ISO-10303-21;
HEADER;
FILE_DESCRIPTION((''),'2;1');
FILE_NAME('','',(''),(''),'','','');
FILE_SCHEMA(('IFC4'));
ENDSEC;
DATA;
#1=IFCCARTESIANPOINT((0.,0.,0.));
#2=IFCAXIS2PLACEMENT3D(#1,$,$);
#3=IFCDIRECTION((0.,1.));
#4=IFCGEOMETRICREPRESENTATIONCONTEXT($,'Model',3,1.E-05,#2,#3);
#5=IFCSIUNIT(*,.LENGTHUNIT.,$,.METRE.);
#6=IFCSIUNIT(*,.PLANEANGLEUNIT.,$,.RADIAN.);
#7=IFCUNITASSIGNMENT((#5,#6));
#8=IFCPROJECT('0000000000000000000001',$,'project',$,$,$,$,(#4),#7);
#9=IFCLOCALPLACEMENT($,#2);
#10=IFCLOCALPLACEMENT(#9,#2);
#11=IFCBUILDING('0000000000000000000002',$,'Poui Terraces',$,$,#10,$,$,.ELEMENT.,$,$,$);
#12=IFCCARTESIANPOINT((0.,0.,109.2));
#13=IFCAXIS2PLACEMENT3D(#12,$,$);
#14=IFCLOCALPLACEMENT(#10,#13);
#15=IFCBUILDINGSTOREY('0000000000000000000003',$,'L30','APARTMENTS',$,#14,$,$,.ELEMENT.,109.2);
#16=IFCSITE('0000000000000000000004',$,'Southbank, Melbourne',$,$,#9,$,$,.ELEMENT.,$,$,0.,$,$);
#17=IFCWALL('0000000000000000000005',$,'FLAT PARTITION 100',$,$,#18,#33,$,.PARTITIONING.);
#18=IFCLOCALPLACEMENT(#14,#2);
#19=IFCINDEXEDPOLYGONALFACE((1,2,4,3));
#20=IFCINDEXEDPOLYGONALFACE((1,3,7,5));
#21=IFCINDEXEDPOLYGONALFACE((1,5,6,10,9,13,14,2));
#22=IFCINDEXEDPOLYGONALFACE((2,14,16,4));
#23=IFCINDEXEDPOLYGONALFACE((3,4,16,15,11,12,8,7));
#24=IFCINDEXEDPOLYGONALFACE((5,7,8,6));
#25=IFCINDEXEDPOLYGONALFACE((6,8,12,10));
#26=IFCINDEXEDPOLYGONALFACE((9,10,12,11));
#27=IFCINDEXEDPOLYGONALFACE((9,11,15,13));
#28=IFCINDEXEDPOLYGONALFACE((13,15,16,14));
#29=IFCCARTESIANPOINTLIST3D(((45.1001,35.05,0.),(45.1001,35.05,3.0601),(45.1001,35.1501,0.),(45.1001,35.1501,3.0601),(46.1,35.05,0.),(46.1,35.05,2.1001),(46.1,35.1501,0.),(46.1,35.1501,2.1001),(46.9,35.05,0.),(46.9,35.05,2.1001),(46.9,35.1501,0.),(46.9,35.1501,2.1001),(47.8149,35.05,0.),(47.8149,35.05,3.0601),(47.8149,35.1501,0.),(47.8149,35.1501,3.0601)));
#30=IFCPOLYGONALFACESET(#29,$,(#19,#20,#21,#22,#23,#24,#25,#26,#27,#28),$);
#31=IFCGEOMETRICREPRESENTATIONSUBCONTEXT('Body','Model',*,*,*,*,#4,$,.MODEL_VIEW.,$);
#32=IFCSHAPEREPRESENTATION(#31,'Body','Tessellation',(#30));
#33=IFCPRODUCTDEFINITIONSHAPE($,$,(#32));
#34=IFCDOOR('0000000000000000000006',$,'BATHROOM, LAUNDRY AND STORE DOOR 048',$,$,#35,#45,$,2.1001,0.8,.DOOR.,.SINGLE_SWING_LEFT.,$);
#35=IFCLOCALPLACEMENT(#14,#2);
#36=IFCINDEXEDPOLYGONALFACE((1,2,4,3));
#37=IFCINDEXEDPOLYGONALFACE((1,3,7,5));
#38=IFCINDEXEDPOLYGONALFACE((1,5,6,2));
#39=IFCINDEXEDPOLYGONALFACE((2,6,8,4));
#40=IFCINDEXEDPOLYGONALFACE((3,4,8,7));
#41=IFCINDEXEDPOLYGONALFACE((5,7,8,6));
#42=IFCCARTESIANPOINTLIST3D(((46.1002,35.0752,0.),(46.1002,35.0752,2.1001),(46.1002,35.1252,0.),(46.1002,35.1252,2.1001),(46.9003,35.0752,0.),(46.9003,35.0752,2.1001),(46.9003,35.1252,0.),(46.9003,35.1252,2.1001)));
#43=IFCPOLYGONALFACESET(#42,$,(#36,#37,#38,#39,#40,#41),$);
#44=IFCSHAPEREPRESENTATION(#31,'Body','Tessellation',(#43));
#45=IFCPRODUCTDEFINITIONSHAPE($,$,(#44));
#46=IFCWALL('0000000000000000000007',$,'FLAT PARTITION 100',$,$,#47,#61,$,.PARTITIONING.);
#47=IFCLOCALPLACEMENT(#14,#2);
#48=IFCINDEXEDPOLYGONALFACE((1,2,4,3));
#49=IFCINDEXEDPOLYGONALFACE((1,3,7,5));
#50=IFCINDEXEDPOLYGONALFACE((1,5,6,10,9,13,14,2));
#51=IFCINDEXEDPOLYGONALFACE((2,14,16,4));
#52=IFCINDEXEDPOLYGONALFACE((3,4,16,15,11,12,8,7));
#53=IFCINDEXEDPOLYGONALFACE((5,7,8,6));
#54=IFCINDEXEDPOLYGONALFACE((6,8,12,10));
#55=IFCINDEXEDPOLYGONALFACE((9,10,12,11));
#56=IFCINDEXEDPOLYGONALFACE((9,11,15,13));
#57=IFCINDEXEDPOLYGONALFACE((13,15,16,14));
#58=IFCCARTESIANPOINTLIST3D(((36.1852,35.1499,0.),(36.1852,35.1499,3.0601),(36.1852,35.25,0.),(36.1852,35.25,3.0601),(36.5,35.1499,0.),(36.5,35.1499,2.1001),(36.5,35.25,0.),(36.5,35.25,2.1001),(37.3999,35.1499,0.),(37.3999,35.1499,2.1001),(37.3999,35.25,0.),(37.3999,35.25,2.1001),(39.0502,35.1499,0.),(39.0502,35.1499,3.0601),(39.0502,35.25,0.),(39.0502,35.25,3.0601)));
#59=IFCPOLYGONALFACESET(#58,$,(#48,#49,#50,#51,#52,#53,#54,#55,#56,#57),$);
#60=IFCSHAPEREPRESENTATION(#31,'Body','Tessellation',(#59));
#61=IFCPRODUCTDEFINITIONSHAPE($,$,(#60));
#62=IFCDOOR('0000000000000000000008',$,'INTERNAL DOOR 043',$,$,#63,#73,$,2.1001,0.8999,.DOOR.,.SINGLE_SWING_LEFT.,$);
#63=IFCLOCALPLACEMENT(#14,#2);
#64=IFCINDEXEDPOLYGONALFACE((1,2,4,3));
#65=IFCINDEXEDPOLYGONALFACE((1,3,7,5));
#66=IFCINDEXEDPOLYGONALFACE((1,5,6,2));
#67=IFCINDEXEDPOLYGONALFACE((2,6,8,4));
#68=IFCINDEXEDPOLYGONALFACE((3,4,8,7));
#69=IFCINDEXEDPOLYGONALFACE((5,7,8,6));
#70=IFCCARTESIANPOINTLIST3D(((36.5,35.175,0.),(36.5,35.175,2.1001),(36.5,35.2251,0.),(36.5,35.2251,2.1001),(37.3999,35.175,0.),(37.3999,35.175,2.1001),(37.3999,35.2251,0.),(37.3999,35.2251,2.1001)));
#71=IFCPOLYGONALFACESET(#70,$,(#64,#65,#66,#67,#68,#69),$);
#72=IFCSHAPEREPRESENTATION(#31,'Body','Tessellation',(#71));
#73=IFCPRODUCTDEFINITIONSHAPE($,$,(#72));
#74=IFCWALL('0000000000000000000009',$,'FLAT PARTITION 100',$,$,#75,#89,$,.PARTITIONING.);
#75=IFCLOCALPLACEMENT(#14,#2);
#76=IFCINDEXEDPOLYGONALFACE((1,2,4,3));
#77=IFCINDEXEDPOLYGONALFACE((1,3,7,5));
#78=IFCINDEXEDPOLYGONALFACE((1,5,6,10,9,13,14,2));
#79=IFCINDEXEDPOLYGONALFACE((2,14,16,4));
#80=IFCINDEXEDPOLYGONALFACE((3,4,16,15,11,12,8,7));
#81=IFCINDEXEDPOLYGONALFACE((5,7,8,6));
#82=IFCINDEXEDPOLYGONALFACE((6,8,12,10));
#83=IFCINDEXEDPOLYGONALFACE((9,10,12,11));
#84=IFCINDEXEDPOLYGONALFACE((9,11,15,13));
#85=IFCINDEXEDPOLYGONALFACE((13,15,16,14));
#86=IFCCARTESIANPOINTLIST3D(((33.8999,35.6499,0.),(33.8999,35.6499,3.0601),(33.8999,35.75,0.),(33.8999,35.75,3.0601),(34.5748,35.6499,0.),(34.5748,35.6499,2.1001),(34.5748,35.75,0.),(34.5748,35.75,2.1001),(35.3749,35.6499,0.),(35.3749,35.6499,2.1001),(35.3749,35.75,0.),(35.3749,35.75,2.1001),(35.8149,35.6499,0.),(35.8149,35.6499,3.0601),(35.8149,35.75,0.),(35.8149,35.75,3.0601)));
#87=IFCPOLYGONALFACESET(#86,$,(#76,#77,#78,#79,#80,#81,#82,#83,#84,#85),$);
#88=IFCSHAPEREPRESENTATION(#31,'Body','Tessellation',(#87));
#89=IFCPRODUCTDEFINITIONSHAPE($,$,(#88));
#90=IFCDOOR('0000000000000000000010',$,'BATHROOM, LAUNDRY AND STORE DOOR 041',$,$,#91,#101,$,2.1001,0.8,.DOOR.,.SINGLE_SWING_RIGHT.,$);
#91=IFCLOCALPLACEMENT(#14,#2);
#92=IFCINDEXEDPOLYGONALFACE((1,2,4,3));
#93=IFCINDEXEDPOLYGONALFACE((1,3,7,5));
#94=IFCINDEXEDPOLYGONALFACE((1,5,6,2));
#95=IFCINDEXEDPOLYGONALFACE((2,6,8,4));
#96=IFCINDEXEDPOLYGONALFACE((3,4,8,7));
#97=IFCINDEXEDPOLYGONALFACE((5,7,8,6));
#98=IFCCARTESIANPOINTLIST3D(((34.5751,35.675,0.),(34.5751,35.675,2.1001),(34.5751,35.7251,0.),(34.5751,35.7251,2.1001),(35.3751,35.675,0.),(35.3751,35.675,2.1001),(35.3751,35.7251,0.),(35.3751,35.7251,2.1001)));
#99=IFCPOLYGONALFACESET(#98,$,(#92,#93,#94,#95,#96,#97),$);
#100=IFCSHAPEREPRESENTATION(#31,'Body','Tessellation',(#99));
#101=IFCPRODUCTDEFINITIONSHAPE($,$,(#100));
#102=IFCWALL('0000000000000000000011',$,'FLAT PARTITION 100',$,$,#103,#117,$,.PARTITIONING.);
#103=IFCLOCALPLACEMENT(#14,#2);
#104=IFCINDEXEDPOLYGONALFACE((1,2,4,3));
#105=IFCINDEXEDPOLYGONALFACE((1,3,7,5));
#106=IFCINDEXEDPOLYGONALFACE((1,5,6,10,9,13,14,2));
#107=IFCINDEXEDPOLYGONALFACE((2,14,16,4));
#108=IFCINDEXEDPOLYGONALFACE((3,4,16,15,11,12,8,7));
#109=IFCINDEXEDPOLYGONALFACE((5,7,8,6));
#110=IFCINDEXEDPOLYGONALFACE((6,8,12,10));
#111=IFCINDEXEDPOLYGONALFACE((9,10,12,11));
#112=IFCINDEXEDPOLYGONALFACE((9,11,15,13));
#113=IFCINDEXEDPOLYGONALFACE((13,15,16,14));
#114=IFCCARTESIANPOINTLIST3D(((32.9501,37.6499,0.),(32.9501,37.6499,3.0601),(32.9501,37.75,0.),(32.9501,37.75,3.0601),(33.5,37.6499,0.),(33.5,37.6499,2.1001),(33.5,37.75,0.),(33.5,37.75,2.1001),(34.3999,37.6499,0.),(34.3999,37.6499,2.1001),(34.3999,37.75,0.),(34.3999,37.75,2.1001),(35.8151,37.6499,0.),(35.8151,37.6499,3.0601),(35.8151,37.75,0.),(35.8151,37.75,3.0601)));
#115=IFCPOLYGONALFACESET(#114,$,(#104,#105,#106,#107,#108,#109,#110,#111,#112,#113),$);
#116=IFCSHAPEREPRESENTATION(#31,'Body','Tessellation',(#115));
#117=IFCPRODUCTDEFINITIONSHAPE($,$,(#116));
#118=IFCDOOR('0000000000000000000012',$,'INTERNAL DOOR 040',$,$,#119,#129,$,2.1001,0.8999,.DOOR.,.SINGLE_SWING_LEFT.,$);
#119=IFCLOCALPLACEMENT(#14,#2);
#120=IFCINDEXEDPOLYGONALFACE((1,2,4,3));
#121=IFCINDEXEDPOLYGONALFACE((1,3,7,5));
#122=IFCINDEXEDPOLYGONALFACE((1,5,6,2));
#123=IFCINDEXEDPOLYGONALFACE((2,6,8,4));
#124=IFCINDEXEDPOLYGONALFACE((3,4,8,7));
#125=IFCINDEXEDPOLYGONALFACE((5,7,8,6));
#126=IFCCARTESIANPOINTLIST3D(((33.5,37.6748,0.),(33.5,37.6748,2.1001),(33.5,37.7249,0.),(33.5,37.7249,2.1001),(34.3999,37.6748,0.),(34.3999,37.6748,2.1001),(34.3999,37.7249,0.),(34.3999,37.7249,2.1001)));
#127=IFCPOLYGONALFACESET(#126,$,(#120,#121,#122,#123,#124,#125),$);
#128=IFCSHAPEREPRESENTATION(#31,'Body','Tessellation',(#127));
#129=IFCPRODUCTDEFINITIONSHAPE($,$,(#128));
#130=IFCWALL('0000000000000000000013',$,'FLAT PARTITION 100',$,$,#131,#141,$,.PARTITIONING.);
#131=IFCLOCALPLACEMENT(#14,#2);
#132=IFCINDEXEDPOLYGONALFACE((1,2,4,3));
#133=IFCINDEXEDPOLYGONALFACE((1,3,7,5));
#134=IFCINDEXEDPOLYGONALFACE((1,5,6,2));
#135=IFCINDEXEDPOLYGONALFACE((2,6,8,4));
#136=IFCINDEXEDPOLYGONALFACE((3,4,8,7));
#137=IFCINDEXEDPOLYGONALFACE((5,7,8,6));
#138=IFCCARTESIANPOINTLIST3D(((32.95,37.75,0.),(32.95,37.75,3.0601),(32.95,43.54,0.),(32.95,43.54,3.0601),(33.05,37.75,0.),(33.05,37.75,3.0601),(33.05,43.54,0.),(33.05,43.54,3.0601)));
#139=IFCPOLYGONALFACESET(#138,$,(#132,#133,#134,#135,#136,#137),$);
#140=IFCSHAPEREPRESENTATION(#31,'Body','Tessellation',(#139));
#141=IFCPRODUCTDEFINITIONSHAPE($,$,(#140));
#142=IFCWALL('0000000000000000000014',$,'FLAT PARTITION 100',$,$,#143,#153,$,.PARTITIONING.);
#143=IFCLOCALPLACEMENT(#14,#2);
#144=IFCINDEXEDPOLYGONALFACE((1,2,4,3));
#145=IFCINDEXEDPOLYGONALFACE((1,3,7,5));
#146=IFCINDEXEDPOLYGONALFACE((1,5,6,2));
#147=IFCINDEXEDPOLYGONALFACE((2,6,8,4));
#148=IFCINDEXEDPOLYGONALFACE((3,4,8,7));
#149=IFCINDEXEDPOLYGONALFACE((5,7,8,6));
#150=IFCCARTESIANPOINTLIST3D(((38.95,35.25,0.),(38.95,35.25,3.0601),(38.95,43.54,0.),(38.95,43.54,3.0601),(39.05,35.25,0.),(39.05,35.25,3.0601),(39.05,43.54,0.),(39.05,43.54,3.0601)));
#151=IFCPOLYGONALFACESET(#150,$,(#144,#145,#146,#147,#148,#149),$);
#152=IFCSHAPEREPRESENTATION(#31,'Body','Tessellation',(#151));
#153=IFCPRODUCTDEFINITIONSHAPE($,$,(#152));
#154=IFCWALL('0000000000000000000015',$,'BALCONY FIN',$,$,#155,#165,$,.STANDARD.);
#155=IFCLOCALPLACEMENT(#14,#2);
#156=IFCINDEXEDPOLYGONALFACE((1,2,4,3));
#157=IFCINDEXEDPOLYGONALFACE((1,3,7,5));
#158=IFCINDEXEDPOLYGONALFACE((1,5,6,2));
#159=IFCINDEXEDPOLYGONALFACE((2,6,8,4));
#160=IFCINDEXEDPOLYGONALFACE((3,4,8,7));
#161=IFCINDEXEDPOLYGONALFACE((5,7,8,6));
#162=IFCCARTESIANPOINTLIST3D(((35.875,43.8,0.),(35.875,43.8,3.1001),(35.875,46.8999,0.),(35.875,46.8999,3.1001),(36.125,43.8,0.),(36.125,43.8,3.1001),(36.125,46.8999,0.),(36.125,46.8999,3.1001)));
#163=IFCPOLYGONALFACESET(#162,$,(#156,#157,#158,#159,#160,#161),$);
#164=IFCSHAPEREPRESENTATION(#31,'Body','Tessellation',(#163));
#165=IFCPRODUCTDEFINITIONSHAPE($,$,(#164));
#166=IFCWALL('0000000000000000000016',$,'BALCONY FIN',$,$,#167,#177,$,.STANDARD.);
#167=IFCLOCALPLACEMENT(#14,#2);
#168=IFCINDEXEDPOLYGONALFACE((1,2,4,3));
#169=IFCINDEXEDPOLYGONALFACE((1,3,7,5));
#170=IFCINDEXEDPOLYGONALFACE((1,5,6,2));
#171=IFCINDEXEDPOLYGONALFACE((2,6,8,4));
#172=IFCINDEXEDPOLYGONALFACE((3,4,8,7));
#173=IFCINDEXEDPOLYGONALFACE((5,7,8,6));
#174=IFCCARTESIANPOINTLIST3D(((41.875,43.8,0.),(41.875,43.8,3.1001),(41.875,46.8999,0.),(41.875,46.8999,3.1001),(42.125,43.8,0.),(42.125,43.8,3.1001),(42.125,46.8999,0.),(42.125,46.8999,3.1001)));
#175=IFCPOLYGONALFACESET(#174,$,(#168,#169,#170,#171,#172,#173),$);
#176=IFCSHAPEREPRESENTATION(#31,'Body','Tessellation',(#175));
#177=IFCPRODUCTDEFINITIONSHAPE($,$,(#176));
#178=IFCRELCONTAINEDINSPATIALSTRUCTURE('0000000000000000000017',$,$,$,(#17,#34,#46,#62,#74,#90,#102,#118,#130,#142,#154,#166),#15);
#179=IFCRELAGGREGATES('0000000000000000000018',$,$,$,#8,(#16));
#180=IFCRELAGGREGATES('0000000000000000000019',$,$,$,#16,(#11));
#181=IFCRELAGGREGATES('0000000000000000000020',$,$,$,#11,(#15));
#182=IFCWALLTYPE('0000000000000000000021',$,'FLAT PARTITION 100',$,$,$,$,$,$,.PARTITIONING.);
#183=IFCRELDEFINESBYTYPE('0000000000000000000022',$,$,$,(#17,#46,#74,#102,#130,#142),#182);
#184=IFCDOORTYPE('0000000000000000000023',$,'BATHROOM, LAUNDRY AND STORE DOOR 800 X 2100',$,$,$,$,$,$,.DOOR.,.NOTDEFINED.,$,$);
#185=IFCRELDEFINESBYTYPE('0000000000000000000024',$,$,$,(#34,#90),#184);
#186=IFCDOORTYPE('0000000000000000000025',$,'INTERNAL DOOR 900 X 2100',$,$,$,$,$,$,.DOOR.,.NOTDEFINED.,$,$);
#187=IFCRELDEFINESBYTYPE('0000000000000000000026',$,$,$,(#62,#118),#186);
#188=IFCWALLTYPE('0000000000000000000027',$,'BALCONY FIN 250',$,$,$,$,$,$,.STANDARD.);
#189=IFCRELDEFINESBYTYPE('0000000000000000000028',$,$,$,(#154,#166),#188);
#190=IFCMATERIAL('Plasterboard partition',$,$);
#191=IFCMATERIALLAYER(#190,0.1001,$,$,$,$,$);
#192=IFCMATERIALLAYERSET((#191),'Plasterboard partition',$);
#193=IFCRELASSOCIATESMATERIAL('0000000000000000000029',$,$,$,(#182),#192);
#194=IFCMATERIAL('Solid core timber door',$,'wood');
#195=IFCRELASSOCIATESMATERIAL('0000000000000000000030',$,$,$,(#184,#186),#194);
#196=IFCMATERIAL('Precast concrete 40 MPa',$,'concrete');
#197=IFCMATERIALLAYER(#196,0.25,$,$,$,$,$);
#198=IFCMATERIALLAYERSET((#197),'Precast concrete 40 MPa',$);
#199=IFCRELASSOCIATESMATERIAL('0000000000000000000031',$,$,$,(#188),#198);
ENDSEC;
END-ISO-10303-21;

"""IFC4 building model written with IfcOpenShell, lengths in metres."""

from ifc_helpers import new_model, si_unit, direction, frame, frame_2d, origin, place, context, subcontext, project, spatial, polyline, rectangle, outline, extrude, source, transform, mapped, material, layer, layer_set, type_object, element, fill, save


model = new_model("IFC4")

# Units and contexts
model_context = context("Model", 3, precision=1e-05, world=origin(), true_north=direction((0.0, 1.0)))
body_context = subcontext(model_context, "Body", "Model", "MODEL_VIEW")
ifc_project = project(units=[si_unit("LENGTHUNIT", "METRE"), si_unit("PLANEANGLEUNIT", "RADIAN")], contexts=[model_context])

# Site, building, storey
site_placement = place(None, origin())
site = spatial("IfcSite", under=ifc_project, at=site_placement, Name="Southbank, Melbourne", CompositionType="ELEMENT", RefElevation=0.0)
building_placement = place(site_placement, origin())
building = spatial("IfcBuilding", under=site, at=building_placement, Name="Poui Terraces", CompositionType="ELEMENT")
storey_placement = place(building_placement, frame((0.0, 0.0, 109.2)))
storey = spatial("IfcBuildingStorey", under=building, at=storey_placement, Name="L30", Description="APARTMENTS", CompositionType="ELEMENT", Elevation=109.2)

# Walls, openings, doors
ifc_material_1 = material(Name="Plasterboard partition")
ifc_layer_1 = layer(ifc_material_1, 0.1001)
ifc_layer_set_1 = layer_set([ifc_layer_1], Name="Plasterboard partition")
wall_type_1 = type_object("IfcWallType", Name="FLAT PARTITION 100", PredefinedType="PARTITIONING", material=ifc_layer_set_1)
wall_1_placement = place(storey_placement, frame((45.1001, 35.1001, 0.0), z_axis=(0.0, 0.0, 1.0), x_axis=(1.0, 0.0, 0.0)))
wall_1 = element("IfcWall", 1, at=wall_1_placement, inside=storey, type_object=wall_type_1, Name="FLAT PARTITION 100", PredefinedType="PARTITIONING", context=body_context, shape_type="SweptSolid", body=[
    extrude(rectangle(XDim=2.7148, YDim=0.1001, at=frame_2d((1.3574, 0.0))), origin(), (0.0, 0.0, 1.0), 3.0601),
])
opening_1_placement = place(wall_1_placement, frame((1.0, 0.0, 0.0)))
opening_1 = element("IfcOpeningElement", 2, at=opening_1_placement, cuts=wall_1, PredefinedType="OPENING", context=body_context, shape_type="SweptSolid", body=[
    extrude(rectangle(XDim=0.8, YDim=2.1001, at=frame_2d((0.3999, 1.05))), frame((0.0, 0.0601, 0.0), z_axis=(0.0, -1.0, 0.0), x_axis=(1.0, 0.0, 0.0)), (0.0, 0.0, 1.0), 0.1201),
])
ifc_material_2 = material(Name="Solid core timber door", Category="wood")
door_type_1 = type_object("IfcDoorType", Name="BATHROOM, LAUNDRY AND STORE DOOR 800 X 2100", OperationType="NOTDEFINED", PredefinedType="DOOR", material=ifc_material_2)
door_1_placement = place(opening_1_placement, frame((0.8, 0.0, 0.0), z_axis=(0.0, 0.0, 1.0), x_axis=(-1.0, 0.0, 0.0)))
door_1 = element("IfcDoor", 3, at=door_1_placement, inside=storey, type_object=door_type_1, Name="BATHROOM, LAUNDRY AND STORE DOOR 048", OperationType="SINGLE_SWING_LEFT", OverallHeight=2.1001, OverallWidth=0.8, PredefinedType="DOOR", context=body_context, shape_type="SweptSolid", body=[
    extrude(rectangle(XDim=0.8, YDim=2.1001, at=frame_2d((0.3999, 1.05))), frame((0.0, 0.0249, 0.0), z_axis=(0.0, -1.0, 0.0), x_axis=(1.0, 0.0, 0.0)), (0.0, 0.0, 1.0), 0.05),
])
fill(opening_1, door_1)
wall_2_placement = place(storey_placement, frame((36.1851, 35.2, 0.0), z_axis=(0.0, 0.0, 1.0), x_axis=(1.0, 0.0, 0.0)))
wall_2 = element("IfcWall", 4, at=wall_2_placement, inside=storey, type_object=wall_type_1, Name="FLAT PARTITION 100", PredefinedType="PARTITIONING", context=body_context, shape_type="SweptSolid", body=[
    extrude(rectangle(XDim=2.865, YDim=0.1001, at=frame_2d((1.4326, 0.0))), origin(), (0.0, 0.0, 1.0), 3.0601),
])
opening_2_placement = place(wall_2_placement, frame((0.3149, 0.0, 0.0)))
opening_2 = element("IfcOpeningElement", 5, at=opening_2_placement, cuts=wall_2, PredefinedType="OPENING", context=body_context, shape_type="SweptSolid", body=[
    extrude(rectangle(XDim=0.8999, YDim=2.1001, at=frame_2d((0.45, 1.05))), frame((0.0, 0.0601, 0.0), z_axis=(0.0, -1.0, 0.0), x_axis=(1.0, 0.0, 0.0)), (0.0, 0.0, 1.0), 0.1201),
])
door_type_2 = type_object("IfcDoorType", Name="INTERNAL DOOR 900 X 2100", OperationType="NOTDEFINED", PredefinedType="DOOR", material=ifc_material_2)
door_2_placement = place(opening_2_placement, frame((0.8999, 0.0, 0.0), z_axis=(0.0, 0.0, 1.0), x_axis=(-1.0, 0.0, 0.0)))
door_2 = element("IfcDoor", 6, at=door_2_placement, inside=storey, type_object=door_type_2, Name="INTERNAL DOOR 043", OperationType="SINGLE_SWING_LEFT", OverallHeight=2.1001, OverallWidth=0.8999, PredefinedType="DOOR", context=body_context, shape_type="SweptSolid", body=[
    extrude(rectangle(XDim=0.8999, YDim=2.1001, at=frame_2d((0.45, 1.05))), frame((0.0, 0.0249, 0.0), z_axis=(0.0, -1.0, 0.0), x_axis=(1.0, 0.0, 0.0)), (0.0, 0.0, 1.0), 0.05),
])
fill(opening_2, door_2)
wall_3_placement = place(storey_placement, frame((33.8999, 35.7, 0.0), z_axis=(0.0, 0.0, 1.0), x_axis=(1.0, 0.0, 0.0)))
wall_3 = element("IfcWall", 7, at=wall_3_placement, inside=storey, type_object=wall_type_1, Name="FLAT PARTITION 100", PredefinedType="PARTITIONING", context=body_context, shape_type="SweptSolid", body=[
    extrude(rectangle(XDim=1.915, YDim=0.1001, at=frame_2d((0.9575, 0.0))), origin(), (0.0, 0.0, 1.0), 3.0601),
])
opening_3_placement = place(wall_3_placement, frame((0.675, 0.0, 0.0)))
opening_3 = element("IfcOpeningElement", 8, at=opening_3_placement, cuts=wall_3, PredefinedType="OPENING", context=body_context, shape_type="SweptSolid", body=[
    extrude(rectangle(XDim=0.8, YDim=2.1001, at=frame_2d((0.3999, 1.05))), frame((0.0, 0.0601, 0.0), z_axis=(0.0, -1.0, 0.0), x_axis=(1.0, 0.0, 0.0)), (0.0, 0.0, 1.0), 0.1201),
])
door_3_placement = place(opening_3_placement, frame((0.8, 0.0, 0.0), z_axis=(0.0, 0.0, 1.0), x_axis=(-1.0, 0.0, 0.0)))
door_3 = element("IfcDoor", 9, at=door_3_placement, inside=storey, type_object=door_type_1, Name="BATHROOM, LAUNDRY AND STORE DOOR 041", OperationType="SINGLE_SWING_RIGHT", OverallHeight=2.1001, OverallWidth=0.8, PredefinedType="DOOR", context=body_context, shape_type="SweptSolid", body=[
    extrude(rectangle(XDim=0.8, YDim=2.1001, at=frame_2d((0.3999, 1.05))), frame((0.0, 0.0249, 0.0), z_axis=(0.0, -1.0, 0.0), x_axis=(1.0, 0.0, 0.0)), (0.0, 0.0, 1.0), 0.05),
])
fill(opening_3, door_3)
wall_4_placement = place(storey_placement, frame((32.95, 37.7, 0.0), z_axis=(0.0, 0.0, 1.0), x_axis=(1.0, 0.0, 0.0)))
wall_4 = element("IfcWall", 10, at=wall_4_placement, inside=storey, type_object=wall_type_1, Name="FLAT PARTITION 100", PredefinedType="PARTITIONING", context=body_context, shape_type="SweptSolid", body=[
    extrude(rectangle(XDim=2.865, YDim=0.1001, at=frame_2d((1.4326, 0.0))), origin(), (0.0, 0.0, 1.0), 3.0601),
])
opening_4_placement = place(wall_4_placement, frame((0.55, 0.0, 0.0)))
opening_4 = element("IfcOpeningElement", 11, at=opening_4_placement, cuts=wall_4, PredefinedType="OPENING", context=body_context, shape_type="SweptSolid", body=[
    extrude(rectangle(XDim=0.8999, YDim=2.1001, at=frame_2d((0.45, 1.05))), frame((0.0, 0.0601, 0.0), z_axis=(0.0, -1.0, 0.0), x_axis=(1.0, 0.0, 0.0)), (0.0, 0.0, 1.0), 0.1201),
])
door_4_placement = place(opening_4_placement, origin())
door_4 = element("IfcDoor", 12, at=door_4_placement, inside=storey, type_object=door_type_2, Name="INTERNAL DOOR 040", OperationType="SINGLE_SWING_LEFT", OverallHeight=2.1001, OverallWidth=0.8999, PredefinedType="DOOR", context=body_context, shape_type="SweptSolid", body=[
    extrude(rectangle(XDim=0.8999, YDim=2.1001, at=frame_2d((0.45, 1.05))), frame((0.0, 0.0249, 0.0), z_axis=(0.0, -1.0, 0.0), x_axis=(1.0, 0.0, 0.0)), (0.0, 0.0, 1.0), 0.05),
])
fill(opening_4, door_4)

# Walls
wall_5_placement = place(storey_placement, frame((33.0, 37.75, 0.0), z_axis=(0.0, 0.0, 1.0), x_axis=(0.0, 1.0, 0.0)))
element("IfcWall", 13, at=wall_5_placement, inside=storey, type_object=wall_type_1, Name="FLAT PARTITION 100", PredefinedType="PARTITIONING", context=body_context, shape_type="SweptSolid", body=[
    extrude(rectangle(XDim=5.79, YDim=0.1001, at=frame_2d((2.895, 0.0))), origin(), (0.0, 0.0, 1.0), 3.0601),
])
wall_6_placement = place(storey_placement, frame((39.0, 35.25, 0.0), z_axis=(0.0, 0.0, 1.0), x_axis=(0.0, 1.0, 0.0)))
element("IfcWall", 14, at=wall_6_placement, inside=storey, type_object=wall_type_1, Name="FLAT PARTITION 100", PredefinedType="PARTITIONING", context=body_context, shape_type="SweptSolid", body=[
    extrude(rectangle(XDim=8.29, YDim=0.1001, at=frame_2d((4.145, 0.0))), origin(), (0.0, 0.0, 1.0), 3.0601),
])
ifc_material_3 = material(Name="Precast concrete 40 MPa", Category="concrete")
ifc_layer_2 = layer(ifc_material_3, 0.25)
ifc_layer_set_2 = layer_set([ifc_layer_2], Name="Precast concrete 40 MPa")
wall_type_2 = type_object("IfcWallType", Name="BALCONY FIN 250", PredefinedType="STANDARD", material=ifc_layer_set_2)
shared_shape_1 = source(origin(), body_context, "Body", "SweptSolid", [
    extrude(outline(polyline([(0.0, 0.0), (0.25, 0.0), (0.25, 3.0999), (0.0, 3.0999), (0.0, 0.0)])), origin(), (0.0, 0.0, 1.0), 3.1001),
])
for number, where, name in (
    (15, (35.875, 43.8, 0.0), "BALCONY FIN"),
    (16, (41.875, 43.8, 0.0), "BALCONY FIN"),
):
    element("IfcWall", number, at=place(storey_placement, frame(where)), inside=storey, type_object=wall_type_2, Name=name, PredefinedType="STANDARD", context=body_context, shape_type="MappedRepresentation", body=[
        mapped(shared_shape_1, transform((0.0, 0.0, 0.0))),
    ])

save(model, "model.ifc")
